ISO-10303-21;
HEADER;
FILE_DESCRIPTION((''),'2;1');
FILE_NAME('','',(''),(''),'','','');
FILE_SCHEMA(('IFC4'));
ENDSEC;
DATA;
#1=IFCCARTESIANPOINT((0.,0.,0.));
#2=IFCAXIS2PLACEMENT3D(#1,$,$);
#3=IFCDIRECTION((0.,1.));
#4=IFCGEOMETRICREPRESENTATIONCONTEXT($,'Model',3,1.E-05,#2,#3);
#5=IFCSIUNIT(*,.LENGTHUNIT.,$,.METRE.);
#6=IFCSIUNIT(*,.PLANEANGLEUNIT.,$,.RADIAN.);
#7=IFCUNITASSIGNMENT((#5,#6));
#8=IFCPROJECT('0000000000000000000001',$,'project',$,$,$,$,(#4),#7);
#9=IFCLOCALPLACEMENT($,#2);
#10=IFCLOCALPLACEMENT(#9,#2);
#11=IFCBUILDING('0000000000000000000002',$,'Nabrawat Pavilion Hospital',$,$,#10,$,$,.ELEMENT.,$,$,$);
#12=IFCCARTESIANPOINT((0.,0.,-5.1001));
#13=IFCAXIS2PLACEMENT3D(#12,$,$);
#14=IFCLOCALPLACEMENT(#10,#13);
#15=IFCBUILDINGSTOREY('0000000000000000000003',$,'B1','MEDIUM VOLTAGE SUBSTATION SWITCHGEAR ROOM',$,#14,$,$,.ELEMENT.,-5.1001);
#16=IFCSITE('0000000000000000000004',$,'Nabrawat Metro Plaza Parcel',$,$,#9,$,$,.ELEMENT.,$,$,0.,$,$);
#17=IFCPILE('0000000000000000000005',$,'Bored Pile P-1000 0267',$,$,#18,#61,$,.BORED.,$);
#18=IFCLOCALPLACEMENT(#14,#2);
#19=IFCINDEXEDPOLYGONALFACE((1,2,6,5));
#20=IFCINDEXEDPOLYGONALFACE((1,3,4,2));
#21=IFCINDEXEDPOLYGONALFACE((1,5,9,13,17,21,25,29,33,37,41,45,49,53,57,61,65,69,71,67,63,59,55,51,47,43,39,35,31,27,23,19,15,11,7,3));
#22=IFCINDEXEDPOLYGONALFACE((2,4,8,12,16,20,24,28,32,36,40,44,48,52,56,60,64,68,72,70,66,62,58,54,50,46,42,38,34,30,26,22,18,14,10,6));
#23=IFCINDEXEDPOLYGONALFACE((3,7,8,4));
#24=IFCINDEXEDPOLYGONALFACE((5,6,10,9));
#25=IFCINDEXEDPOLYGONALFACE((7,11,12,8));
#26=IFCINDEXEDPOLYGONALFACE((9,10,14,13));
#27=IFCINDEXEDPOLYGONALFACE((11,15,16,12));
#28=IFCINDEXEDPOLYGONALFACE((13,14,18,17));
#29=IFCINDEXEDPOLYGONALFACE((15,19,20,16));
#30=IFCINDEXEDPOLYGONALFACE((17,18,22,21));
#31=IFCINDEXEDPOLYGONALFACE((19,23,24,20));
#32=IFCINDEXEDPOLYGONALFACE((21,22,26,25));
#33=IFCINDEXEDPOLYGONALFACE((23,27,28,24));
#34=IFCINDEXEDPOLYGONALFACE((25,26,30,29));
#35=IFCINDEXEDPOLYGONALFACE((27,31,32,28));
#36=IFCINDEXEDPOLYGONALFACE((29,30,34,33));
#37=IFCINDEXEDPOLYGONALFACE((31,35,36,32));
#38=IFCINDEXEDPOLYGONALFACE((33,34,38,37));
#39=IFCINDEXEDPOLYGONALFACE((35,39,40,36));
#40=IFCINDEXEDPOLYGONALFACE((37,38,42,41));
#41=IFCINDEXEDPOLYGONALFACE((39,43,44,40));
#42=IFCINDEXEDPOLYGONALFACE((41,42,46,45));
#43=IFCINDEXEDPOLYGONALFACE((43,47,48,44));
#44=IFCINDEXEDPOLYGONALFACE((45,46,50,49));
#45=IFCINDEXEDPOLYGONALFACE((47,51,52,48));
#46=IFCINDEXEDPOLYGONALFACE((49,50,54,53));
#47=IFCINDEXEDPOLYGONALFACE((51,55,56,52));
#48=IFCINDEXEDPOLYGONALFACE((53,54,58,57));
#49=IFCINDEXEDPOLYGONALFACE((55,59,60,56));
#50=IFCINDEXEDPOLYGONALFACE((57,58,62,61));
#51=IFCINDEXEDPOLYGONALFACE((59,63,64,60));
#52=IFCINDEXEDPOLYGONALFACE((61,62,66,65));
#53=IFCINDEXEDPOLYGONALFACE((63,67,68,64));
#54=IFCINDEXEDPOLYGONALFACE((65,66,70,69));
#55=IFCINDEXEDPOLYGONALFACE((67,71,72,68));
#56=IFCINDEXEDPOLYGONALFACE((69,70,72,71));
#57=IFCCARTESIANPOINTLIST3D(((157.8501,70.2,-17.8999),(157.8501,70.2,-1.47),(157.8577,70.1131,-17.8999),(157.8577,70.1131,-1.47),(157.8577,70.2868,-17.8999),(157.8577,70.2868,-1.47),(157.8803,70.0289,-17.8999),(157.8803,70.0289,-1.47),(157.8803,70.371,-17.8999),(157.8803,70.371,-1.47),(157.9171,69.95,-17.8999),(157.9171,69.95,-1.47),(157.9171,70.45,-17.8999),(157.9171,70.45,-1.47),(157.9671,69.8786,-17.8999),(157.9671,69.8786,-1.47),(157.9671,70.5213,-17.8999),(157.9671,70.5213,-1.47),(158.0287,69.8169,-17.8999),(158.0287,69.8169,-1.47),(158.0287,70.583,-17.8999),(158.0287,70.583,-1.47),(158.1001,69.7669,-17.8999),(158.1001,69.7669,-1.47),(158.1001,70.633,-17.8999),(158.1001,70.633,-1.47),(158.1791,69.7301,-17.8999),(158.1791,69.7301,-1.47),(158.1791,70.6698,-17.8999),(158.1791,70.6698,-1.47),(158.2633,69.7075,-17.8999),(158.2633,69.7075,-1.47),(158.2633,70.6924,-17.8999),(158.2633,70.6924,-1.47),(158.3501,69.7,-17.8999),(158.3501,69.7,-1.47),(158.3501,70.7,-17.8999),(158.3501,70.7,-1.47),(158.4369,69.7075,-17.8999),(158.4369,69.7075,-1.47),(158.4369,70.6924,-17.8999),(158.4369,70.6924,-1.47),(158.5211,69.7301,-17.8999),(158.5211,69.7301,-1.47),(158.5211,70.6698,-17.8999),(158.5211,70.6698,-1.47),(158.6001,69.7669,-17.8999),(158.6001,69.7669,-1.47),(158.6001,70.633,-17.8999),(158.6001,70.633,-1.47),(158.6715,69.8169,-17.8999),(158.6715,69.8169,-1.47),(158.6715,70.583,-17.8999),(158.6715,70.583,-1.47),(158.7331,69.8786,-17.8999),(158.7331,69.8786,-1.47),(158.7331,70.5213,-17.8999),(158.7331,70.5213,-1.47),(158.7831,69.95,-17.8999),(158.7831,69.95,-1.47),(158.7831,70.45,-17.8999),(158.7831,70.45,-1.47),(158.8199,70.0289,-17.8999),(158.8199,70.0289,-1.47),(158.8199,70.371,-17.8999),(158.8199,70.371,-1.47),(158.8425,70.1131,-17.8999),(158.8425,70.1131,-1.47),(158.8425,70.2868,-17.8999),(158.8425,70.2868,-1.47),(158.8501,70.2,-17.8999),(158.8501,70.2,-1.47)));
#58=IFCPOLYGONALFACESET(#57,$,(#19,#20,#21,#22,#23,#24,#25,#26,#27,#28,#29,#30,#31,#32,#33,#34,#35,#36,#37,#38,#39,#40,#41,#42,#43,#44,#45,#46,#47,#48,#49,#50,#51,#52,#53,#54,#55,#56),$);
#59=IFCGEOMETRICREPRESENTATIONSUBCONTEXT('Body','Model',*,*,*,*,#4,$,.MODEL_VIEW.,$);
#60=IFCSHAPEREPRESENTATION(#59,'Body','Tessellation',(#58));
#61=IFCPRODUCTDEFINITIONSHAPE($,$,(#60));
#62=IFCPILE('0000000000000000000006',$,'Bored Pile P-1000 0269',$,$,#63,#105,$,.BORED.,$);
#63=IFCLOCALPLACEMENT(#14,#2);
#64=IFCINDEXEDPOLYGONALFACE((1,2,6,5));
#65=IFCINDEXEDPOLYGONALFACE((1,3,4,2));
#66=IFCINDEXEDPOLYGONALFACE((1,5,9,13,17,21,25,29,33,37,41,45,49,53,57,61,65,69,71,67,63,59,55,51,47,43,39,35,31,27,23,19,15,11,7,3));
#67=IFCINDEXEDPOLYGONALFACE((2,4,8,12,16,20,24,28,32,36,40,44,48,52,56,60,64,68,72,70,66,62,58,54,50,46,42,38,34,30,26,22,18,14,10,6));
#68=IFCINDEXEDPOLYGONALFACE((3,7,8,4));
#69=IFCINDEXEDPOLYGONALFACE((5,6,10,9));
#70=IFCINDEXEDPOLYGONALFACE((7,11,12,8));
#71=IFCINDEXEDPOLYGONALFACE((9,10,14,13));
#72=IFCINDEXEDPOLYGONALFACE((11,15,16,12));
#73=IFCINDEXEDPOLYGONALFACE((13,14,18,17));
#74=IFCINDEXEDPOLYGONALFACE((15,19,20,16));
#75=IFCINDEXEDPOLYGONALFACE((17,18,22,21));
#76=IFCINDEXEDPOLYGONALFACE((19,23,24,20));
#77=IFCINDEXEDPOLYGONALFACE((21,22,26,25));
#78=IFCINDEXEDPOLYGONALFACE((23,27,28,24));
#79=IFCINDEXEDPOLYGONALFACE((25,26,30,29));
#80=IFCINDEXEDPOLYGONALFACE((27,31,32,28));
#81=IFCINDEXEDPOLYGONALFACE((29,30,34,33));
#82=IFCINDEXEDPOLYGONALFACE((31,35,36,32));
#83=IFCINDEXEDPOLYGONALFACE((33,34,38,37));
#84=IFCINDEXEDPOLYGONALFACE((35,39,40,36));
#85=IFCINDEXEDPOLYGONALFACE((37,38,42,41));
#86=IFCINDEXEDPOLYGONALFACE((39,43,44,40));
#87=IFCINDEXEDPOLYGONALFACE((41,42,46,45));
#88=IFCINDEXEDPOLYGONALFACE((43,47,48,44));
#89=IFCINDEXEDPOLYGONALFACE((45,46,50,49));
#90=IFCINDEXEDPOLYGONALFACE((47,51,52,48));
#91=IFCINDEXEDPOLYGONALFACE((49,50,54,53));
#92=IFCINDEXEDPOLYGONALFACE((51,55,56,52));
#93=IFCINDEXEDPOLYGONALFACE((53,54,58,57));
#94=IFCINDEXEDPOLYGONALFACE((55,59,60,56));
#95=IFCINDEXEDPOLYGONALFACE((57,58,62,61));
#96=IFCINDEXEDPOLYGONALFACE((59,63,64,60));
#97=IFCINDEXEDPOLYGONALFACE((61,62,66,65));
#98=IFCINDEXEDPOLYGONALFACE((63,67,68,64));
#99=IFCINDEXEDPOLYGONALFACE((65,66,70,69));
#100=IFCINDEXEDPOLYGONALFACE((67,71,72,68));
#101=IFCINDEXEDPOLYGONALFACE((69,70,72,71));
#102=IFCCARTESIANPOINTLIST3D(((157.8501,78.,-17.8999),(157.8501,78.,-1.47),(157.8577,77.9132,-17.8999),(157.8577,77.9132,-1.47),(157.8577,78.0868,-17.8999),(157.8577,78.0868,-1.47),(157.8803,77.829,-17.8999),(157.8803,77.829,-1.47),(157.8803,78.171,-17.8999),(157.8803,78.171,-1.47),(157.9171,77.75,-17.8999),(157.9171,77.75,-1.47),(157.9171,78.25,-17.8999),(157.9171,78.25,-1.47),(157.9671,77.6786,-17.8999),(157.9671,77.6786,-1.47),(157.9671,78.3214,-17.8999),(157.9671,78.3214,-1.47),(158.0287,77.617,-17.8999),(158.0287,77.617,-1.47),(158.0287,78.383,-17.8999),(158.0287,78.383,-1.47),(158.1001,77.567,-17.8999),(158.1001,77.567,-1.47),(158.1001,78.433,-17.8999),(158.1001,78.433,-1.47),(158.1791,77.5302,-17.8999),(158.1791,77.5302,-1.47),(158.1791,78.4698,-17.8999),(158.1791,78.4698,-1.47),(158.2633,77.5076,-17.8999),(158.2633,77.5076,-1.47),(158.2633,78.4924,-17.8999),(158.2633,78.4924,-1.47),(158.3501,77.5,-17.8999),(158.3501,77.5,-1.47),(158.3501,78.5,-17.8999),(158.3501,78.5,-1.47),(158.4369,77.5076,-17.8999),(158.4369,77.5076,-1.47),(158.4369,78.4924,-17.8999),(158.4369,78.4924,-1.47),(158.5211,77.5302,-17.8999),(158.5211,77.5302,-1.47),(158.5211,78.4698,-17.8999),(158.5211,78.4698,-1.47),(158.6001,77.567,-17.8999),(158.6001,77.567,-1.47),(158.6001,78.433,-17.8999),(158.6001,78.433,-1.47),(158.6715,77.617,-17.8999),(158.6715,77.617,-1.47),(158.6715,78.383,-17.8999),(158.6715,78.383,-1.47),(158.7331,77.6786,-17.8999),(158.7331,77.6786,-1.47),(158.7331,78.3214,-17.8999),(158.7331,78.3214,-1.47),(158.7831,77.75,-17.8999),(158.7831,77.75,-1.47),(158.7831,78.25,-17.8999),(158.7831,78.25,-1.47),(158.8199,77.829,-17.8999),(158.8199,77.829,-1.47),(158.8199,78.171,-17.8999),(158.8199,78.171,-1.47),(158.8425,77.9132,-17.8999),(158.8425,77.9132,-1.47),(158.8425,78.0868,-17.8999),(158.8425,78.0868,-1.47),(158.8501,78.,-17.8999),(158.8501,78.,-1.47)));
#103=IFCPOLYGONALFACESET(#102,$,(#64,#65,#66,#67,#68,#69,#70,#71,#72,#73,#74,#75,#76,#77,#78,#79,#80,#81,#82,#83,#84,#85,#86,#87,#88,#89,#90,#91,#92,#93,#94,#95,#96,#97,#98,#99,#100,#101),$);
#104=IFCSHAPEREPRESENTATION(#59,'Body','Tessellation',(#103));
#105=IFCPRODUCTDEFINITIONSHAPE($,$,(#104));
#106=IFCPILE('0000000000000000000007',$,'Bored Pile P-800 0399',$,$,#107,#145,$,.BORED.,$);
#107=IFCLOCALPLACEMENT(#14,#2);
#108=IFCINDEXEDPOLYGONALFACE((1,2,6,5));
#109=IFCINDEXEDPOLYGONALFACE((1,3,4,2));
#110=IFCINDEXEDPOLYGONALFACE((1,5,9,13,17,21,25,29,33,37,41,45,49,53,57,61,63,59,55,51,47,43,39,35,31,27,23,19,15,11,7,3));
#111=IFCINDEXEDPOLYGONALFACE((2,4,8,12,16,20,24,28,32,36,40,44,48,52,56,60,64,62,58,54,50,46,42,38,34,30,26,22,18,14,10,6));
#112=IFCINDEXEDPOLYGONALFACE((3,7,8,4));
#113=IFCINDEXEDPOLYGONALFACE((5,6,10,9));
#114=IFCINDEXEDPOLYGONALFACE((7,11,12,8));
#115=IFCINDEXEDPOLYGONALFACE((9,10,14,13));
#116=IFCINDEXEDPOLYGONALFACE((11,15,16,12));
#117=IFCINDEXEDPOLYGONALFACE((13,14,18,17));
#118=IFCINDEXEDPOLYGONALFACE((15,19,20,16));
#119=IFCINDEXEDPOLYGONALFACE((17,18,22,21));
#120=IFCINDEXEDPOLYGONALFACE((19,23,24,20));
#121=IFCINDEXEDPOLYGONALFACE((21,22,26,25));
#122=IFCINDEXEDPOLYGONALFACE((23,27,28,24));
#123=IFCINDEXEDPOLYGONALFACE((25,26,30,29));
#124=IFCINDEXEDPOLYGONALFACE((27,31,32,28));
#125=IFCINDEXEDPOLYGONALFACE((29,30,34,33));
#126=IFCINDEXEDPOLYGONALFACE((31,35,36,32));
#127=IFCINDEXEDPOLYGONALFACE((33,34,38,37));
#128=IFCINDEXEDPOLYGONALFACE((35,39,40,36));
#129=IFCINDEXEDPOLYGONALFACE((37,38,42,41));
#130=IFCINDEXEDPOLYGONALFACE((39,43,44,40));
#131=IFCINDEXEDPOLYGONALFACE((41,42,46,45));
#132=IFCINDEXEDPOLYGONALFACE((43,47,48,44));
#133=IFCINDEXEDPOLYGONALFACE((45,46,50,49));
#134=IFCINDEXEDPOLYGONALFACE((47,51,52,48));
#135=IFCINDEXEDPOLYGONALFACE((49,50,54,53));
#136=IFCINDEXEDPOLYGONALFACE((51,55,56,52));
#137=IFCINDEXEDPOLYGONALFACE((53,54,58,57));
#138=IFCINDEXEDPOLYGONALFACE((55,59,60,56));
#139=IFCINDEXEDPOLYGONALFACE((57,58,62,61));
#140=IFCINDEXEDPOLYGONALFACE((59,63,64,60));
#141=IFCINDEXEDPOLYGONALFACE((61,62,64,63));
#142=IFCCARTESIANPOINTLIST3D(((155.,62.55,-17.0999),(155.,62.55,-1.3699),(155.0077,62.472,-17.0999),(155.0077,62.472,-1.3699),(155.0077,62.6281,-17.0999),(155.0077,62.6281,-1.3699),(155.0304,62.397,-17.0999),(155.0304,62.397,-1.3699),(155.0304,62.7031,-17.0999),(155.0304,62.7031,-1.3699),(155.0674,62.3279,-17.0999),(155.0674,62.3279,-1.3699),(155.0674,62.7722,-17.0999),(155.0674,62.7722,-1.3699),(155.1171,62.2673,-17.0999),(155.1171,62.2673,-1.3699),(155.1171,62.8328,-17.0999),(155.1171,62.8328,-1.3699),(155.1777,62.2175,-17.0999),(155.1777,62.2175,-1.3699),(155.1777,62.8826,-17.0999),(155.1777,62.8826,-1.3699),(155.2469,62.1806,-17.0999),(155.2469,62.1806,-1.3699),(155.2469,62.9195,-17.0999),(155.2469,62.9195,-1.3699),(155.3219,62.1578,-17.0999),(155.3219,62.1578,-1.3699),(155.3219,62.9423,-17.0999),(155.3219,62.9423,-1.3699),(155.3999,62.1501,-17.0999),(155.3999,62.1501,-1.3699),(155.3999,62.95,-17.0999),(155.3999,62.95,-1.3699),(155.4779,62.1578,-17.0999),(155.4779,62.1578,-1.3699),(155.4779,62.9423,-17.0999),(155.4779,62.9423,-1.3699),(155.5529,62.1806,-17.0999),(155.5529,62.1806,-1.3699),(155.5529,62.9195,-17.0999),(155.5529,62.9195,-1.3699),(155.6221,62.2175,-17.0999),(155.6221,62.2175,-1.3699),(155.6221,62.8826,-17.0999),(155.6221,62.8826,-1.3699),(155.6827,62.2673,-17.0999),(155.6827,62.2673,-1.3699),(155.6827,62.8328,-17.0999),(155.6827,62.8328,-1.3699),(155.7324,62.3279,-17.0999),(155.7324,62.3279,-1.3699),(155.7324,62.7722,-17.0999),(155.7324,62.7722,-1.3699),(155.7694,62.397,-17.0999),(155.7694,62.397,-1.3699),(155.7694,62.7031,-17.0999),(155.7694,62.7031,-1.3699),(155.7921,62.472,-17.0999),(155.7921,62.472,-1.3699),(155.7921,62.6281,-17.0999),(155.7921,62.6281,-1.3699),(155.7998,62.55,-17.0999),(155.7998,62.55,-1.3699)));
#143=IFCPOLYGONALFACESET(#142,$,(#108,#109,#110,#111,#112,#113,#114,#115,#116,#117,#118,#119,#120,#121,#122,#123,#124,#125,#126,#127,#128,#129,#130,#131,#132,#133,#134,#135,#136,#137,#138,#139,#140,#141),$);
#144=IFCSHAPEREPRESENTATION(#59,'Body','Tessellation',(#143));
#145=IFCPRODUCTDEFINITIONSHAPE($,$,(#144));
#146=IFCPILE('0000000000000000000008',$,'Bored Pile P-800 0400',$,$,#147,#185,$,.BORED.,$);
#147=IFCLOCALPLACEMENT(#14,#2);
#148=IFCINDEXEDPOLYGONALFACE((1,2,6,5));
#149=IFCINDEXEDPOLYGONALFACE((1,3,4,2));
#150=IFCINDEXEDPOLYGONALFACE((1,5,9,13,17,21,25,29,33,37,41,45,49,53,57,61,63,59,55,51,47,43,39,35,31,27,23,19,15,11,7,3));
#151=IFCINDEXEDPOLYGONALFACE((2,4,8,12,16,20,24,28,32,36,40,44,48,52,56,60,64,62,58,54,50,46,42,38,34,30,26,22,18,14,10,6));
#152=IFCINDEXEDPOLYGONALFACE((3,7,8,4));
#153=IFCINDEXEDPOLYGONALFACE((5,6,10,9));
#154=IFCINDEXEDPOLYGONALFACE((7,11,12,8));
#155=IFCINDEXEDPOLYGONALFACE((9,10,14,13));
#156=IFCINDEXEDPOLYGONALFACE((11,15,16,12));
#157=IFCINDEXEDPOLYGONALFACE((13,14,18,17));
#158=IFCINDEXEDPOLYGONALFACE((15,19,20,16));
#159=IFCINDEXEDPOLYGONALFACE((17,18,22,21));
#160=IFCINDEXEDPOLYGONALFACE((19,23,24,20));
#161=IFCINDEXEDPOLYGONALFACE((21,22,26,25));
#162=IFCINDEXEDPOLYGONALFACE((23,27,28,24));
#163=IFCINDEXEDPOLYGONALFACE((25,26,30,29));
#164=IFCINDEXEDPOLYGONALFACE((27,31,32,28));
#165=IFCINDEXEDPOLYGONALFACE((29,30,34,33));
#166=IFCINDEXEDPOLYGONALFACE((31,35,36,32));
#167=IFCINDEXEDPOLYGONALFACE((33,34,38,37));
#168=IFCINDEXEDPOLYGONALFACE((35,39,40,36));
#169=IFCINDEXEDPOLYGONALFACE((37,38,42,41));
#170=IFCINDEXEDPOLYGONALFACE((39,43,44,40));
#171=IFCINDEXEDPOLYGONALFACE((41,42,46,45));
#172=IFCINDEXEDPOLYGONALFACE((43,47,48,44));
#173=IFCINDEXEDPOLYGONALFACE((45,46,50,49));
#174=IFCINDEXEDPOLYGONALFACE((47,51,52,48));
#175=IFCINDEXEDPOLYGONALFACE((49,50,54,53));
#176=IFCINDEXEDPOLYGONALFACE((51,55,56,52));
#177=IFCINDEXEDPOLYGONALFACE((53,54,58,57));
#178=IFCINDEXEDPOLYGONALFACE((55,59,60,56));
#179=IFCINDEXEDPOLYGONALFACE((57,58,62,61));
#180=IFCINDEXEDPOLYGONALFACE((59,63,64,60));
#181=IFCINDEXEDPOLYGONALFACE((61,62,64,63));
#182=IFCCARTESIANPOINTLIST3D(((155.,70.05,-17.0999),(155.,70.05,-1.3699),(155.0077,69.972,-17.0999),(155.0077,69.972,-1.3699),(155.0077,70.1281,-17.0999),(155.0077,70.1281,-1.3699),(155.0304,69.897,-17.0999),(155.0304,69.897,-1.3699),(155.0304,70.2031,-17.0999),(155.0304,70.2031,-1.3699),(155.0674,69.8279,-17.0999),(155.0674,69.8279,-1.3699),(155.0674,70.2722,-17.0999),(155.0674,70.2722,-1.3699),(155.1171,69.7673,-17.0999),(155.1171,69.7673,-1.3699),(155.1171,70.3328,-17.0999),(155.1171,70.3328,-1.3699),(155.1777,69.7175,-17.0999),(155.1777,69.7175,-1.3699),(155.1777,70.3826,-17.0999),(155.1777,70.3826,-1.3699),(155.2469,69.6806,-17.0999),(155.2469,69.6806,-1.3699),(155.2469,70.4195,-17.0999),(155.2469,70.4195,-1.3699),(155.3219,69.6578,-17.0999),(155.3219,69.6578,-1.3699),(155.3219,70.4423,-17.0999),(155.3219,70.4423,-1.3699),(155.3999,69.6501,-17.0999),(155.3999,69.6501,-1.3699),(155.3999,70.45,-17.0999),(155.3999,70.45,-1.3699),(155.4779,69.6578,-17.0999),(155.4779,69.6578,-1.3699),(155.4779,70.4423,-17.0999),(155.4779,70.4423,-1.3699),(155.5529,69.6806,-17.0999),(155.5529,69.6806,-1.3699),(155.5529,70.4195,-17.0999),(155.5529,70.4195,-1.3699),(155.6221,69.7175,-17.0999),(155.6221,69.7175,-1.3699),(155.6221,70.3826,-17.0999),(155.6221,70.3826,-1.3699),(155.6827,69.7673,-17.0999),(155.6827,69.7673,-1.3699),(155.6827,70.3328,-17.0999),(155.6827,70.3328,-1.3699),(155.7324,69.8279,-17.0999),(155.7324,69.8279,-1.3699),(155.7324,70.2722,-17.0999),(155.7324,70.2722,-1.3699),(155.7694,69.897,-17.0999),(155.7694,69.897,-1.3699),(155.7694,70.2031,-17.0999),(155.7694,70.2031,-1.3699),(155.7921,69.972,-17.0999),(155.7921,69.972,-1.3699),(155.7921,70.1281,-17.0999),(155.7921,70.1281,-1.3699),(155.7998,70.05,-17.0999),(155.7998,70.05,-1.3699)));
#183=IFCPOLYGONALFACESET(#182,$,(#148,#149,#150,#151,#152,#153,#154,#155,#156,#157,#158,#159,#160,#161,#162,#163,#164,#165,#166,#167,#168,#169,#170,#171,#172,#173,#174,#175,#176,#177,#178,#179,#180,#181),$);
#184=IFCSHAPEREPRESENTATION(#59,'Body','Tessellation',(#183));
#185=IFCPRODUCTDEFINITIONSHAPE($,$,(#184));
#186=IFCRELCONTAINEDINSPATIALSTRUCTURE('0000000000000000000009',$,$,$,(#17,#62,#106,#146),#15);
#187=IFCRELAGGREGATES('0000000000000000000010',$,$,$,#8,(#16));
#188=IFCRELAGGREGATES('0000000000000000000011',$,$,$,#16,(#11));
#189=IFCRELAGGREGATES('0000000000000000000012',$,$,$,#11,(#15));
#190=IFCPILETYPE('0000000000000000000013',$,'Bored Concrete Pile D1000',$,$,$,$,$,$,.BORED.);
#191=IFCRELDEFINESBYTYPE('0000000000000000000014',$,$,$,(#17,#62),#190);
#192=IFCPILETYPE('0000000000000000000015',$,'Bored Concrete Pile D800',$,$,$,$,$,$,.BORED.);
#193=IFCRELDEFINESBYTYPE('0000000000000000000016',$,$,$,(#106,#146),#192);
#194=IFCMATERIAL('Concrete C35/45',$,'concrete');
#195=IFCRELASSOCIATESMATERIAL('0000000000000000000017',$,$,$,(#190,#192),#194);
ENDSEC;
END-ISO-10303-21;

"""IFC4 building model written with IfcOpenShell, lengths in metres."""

from ifc_helpers import new_model, si_unit, direction, frame, origin, origin_2d, place, context, subcontext, project, spatial, circle, extrude, material, material_profile, profile_set, type_object, element, save


model = new_model("IFC4")

# Units and contexts
model_context = context("Model", 3, precision=1e-05, world=origin(), true_north=direction((0.0, 1.0)))
body_context = subcontext(model_context, "Body", "Model", "MODEL_VIEW")
ifc_project = project(units=[si_unit("LENGTHUNIT", "METRE"), si_unit("PLANEANGLEUNIT", "RADIAN")], contexts=[model_context])

# Site, building, storey
site_placement = place(None, origin())
site = spatial("IfcSite", under=ifc_project, at=site_placement, Name="Nabrawat Metro Plaza Parcel", CompositionType="ELEMENT", RefElevation=0.0)
building_placement = place(site_placement, origin())
building = spatial("IfcBuilding", under=site, at=building_placement, Name="Nabrawat Pavilion Hospital", CompositionType="ELEMENT")
storey_placement = place(building_placement, frame((0.0, 0.0, -5.1001)))
storey = spatial("IfcBuildingStorey", under=building, at=storey_placement, Name="B1", Description="MEDIUM VOLTAGE SUBSTATION SWITCHGEAR ROOM", CompositionType="ELEMENT", Elevation=-5.1001)

# Piles
ifc_material_1 = material(Name="Concrete C35/45", Category="concrete")
ifc_material_profile_1 = material_profile(ifc_material_1, circle(Radius=0.5, at=origin_2d()), Name="DIA 1000")
ifc_profile_set_1 = profile_set([ifc_material_profile_1], Name="Concrete C35/45")
pile_type_1 = type_object("IfcPileType", Name="Bored Concrete Pile D1000", PredefinedType="BORED", material=ifc_profile_set_1)
for number, where, z_axis, x_axis, name in (
    (1, (158.3501, 70.2, -1.47), (0.0, 0.0, -1.0), (1.0, 0.0, 0.0), "Bored Pile P-1000 0267"),
    (2, (158.3501, 78.0, -1.47), (0.0, 0.0, -1.0), (1.0, 0.0, 0.0), "Bored Pile P-1000 0269"),
):
    element("IfcPile", number, at=place(storey_placement, frame(where, z_axis=z_axis, x_axis=x_axis)), inside=storey, type_object=pile_type_1, Name=name, PredefinedType="BORED", context=body_context, shape_type="SweptSolid", body=[
        extrude(circle(Radius=0.5, at=origin_2d()), origin(), (0.0, 0.0, 1.0), 16.4299),
    ])
ifc_material_profile_2 = material_profile(ifc_material_1, circle(Radius=0.3999, at=origin_2d()), Name="DIA 800")
ifc_profile_set_2 = profile_set([ifc_material_profile_2], Name="Concrete C35/45")
pile_type_2 = type_object("IfcPileType", Name="Bored Concrete Pile D800", PredefinedType="BORED", material=ifc_profile_set_2)
for number, where, z_axis, x_axis, name in (
    (3, (155.3999, 62.55, -1.3699), (0.0, 0.0, -1.0), (1.0, 0.0, 0.0), "Bored Pile P-800 0399"),
    (4, (155.3999, 70.05, -1.3699), (0.0, 0.0, -1.0), (1.0, 0.0, 0.0), "Bored Pile P-800 0400"),
):
    element("IfcPile", number, at=place(storey_placement, frame(where, z_axis=z_axis, x_axis=x_axis)), inside=storey, type_object=pile_type_2, Name=name, PredefinedType="BORED", context=body_context, shape_type="SweptSolid", body=[
        extrude(circle(Radius=0.3999, at=origin_2d()), origin(), (0.0, 0.0, 1.0), 15.73),
    ])

save(model, "model.ifc")
